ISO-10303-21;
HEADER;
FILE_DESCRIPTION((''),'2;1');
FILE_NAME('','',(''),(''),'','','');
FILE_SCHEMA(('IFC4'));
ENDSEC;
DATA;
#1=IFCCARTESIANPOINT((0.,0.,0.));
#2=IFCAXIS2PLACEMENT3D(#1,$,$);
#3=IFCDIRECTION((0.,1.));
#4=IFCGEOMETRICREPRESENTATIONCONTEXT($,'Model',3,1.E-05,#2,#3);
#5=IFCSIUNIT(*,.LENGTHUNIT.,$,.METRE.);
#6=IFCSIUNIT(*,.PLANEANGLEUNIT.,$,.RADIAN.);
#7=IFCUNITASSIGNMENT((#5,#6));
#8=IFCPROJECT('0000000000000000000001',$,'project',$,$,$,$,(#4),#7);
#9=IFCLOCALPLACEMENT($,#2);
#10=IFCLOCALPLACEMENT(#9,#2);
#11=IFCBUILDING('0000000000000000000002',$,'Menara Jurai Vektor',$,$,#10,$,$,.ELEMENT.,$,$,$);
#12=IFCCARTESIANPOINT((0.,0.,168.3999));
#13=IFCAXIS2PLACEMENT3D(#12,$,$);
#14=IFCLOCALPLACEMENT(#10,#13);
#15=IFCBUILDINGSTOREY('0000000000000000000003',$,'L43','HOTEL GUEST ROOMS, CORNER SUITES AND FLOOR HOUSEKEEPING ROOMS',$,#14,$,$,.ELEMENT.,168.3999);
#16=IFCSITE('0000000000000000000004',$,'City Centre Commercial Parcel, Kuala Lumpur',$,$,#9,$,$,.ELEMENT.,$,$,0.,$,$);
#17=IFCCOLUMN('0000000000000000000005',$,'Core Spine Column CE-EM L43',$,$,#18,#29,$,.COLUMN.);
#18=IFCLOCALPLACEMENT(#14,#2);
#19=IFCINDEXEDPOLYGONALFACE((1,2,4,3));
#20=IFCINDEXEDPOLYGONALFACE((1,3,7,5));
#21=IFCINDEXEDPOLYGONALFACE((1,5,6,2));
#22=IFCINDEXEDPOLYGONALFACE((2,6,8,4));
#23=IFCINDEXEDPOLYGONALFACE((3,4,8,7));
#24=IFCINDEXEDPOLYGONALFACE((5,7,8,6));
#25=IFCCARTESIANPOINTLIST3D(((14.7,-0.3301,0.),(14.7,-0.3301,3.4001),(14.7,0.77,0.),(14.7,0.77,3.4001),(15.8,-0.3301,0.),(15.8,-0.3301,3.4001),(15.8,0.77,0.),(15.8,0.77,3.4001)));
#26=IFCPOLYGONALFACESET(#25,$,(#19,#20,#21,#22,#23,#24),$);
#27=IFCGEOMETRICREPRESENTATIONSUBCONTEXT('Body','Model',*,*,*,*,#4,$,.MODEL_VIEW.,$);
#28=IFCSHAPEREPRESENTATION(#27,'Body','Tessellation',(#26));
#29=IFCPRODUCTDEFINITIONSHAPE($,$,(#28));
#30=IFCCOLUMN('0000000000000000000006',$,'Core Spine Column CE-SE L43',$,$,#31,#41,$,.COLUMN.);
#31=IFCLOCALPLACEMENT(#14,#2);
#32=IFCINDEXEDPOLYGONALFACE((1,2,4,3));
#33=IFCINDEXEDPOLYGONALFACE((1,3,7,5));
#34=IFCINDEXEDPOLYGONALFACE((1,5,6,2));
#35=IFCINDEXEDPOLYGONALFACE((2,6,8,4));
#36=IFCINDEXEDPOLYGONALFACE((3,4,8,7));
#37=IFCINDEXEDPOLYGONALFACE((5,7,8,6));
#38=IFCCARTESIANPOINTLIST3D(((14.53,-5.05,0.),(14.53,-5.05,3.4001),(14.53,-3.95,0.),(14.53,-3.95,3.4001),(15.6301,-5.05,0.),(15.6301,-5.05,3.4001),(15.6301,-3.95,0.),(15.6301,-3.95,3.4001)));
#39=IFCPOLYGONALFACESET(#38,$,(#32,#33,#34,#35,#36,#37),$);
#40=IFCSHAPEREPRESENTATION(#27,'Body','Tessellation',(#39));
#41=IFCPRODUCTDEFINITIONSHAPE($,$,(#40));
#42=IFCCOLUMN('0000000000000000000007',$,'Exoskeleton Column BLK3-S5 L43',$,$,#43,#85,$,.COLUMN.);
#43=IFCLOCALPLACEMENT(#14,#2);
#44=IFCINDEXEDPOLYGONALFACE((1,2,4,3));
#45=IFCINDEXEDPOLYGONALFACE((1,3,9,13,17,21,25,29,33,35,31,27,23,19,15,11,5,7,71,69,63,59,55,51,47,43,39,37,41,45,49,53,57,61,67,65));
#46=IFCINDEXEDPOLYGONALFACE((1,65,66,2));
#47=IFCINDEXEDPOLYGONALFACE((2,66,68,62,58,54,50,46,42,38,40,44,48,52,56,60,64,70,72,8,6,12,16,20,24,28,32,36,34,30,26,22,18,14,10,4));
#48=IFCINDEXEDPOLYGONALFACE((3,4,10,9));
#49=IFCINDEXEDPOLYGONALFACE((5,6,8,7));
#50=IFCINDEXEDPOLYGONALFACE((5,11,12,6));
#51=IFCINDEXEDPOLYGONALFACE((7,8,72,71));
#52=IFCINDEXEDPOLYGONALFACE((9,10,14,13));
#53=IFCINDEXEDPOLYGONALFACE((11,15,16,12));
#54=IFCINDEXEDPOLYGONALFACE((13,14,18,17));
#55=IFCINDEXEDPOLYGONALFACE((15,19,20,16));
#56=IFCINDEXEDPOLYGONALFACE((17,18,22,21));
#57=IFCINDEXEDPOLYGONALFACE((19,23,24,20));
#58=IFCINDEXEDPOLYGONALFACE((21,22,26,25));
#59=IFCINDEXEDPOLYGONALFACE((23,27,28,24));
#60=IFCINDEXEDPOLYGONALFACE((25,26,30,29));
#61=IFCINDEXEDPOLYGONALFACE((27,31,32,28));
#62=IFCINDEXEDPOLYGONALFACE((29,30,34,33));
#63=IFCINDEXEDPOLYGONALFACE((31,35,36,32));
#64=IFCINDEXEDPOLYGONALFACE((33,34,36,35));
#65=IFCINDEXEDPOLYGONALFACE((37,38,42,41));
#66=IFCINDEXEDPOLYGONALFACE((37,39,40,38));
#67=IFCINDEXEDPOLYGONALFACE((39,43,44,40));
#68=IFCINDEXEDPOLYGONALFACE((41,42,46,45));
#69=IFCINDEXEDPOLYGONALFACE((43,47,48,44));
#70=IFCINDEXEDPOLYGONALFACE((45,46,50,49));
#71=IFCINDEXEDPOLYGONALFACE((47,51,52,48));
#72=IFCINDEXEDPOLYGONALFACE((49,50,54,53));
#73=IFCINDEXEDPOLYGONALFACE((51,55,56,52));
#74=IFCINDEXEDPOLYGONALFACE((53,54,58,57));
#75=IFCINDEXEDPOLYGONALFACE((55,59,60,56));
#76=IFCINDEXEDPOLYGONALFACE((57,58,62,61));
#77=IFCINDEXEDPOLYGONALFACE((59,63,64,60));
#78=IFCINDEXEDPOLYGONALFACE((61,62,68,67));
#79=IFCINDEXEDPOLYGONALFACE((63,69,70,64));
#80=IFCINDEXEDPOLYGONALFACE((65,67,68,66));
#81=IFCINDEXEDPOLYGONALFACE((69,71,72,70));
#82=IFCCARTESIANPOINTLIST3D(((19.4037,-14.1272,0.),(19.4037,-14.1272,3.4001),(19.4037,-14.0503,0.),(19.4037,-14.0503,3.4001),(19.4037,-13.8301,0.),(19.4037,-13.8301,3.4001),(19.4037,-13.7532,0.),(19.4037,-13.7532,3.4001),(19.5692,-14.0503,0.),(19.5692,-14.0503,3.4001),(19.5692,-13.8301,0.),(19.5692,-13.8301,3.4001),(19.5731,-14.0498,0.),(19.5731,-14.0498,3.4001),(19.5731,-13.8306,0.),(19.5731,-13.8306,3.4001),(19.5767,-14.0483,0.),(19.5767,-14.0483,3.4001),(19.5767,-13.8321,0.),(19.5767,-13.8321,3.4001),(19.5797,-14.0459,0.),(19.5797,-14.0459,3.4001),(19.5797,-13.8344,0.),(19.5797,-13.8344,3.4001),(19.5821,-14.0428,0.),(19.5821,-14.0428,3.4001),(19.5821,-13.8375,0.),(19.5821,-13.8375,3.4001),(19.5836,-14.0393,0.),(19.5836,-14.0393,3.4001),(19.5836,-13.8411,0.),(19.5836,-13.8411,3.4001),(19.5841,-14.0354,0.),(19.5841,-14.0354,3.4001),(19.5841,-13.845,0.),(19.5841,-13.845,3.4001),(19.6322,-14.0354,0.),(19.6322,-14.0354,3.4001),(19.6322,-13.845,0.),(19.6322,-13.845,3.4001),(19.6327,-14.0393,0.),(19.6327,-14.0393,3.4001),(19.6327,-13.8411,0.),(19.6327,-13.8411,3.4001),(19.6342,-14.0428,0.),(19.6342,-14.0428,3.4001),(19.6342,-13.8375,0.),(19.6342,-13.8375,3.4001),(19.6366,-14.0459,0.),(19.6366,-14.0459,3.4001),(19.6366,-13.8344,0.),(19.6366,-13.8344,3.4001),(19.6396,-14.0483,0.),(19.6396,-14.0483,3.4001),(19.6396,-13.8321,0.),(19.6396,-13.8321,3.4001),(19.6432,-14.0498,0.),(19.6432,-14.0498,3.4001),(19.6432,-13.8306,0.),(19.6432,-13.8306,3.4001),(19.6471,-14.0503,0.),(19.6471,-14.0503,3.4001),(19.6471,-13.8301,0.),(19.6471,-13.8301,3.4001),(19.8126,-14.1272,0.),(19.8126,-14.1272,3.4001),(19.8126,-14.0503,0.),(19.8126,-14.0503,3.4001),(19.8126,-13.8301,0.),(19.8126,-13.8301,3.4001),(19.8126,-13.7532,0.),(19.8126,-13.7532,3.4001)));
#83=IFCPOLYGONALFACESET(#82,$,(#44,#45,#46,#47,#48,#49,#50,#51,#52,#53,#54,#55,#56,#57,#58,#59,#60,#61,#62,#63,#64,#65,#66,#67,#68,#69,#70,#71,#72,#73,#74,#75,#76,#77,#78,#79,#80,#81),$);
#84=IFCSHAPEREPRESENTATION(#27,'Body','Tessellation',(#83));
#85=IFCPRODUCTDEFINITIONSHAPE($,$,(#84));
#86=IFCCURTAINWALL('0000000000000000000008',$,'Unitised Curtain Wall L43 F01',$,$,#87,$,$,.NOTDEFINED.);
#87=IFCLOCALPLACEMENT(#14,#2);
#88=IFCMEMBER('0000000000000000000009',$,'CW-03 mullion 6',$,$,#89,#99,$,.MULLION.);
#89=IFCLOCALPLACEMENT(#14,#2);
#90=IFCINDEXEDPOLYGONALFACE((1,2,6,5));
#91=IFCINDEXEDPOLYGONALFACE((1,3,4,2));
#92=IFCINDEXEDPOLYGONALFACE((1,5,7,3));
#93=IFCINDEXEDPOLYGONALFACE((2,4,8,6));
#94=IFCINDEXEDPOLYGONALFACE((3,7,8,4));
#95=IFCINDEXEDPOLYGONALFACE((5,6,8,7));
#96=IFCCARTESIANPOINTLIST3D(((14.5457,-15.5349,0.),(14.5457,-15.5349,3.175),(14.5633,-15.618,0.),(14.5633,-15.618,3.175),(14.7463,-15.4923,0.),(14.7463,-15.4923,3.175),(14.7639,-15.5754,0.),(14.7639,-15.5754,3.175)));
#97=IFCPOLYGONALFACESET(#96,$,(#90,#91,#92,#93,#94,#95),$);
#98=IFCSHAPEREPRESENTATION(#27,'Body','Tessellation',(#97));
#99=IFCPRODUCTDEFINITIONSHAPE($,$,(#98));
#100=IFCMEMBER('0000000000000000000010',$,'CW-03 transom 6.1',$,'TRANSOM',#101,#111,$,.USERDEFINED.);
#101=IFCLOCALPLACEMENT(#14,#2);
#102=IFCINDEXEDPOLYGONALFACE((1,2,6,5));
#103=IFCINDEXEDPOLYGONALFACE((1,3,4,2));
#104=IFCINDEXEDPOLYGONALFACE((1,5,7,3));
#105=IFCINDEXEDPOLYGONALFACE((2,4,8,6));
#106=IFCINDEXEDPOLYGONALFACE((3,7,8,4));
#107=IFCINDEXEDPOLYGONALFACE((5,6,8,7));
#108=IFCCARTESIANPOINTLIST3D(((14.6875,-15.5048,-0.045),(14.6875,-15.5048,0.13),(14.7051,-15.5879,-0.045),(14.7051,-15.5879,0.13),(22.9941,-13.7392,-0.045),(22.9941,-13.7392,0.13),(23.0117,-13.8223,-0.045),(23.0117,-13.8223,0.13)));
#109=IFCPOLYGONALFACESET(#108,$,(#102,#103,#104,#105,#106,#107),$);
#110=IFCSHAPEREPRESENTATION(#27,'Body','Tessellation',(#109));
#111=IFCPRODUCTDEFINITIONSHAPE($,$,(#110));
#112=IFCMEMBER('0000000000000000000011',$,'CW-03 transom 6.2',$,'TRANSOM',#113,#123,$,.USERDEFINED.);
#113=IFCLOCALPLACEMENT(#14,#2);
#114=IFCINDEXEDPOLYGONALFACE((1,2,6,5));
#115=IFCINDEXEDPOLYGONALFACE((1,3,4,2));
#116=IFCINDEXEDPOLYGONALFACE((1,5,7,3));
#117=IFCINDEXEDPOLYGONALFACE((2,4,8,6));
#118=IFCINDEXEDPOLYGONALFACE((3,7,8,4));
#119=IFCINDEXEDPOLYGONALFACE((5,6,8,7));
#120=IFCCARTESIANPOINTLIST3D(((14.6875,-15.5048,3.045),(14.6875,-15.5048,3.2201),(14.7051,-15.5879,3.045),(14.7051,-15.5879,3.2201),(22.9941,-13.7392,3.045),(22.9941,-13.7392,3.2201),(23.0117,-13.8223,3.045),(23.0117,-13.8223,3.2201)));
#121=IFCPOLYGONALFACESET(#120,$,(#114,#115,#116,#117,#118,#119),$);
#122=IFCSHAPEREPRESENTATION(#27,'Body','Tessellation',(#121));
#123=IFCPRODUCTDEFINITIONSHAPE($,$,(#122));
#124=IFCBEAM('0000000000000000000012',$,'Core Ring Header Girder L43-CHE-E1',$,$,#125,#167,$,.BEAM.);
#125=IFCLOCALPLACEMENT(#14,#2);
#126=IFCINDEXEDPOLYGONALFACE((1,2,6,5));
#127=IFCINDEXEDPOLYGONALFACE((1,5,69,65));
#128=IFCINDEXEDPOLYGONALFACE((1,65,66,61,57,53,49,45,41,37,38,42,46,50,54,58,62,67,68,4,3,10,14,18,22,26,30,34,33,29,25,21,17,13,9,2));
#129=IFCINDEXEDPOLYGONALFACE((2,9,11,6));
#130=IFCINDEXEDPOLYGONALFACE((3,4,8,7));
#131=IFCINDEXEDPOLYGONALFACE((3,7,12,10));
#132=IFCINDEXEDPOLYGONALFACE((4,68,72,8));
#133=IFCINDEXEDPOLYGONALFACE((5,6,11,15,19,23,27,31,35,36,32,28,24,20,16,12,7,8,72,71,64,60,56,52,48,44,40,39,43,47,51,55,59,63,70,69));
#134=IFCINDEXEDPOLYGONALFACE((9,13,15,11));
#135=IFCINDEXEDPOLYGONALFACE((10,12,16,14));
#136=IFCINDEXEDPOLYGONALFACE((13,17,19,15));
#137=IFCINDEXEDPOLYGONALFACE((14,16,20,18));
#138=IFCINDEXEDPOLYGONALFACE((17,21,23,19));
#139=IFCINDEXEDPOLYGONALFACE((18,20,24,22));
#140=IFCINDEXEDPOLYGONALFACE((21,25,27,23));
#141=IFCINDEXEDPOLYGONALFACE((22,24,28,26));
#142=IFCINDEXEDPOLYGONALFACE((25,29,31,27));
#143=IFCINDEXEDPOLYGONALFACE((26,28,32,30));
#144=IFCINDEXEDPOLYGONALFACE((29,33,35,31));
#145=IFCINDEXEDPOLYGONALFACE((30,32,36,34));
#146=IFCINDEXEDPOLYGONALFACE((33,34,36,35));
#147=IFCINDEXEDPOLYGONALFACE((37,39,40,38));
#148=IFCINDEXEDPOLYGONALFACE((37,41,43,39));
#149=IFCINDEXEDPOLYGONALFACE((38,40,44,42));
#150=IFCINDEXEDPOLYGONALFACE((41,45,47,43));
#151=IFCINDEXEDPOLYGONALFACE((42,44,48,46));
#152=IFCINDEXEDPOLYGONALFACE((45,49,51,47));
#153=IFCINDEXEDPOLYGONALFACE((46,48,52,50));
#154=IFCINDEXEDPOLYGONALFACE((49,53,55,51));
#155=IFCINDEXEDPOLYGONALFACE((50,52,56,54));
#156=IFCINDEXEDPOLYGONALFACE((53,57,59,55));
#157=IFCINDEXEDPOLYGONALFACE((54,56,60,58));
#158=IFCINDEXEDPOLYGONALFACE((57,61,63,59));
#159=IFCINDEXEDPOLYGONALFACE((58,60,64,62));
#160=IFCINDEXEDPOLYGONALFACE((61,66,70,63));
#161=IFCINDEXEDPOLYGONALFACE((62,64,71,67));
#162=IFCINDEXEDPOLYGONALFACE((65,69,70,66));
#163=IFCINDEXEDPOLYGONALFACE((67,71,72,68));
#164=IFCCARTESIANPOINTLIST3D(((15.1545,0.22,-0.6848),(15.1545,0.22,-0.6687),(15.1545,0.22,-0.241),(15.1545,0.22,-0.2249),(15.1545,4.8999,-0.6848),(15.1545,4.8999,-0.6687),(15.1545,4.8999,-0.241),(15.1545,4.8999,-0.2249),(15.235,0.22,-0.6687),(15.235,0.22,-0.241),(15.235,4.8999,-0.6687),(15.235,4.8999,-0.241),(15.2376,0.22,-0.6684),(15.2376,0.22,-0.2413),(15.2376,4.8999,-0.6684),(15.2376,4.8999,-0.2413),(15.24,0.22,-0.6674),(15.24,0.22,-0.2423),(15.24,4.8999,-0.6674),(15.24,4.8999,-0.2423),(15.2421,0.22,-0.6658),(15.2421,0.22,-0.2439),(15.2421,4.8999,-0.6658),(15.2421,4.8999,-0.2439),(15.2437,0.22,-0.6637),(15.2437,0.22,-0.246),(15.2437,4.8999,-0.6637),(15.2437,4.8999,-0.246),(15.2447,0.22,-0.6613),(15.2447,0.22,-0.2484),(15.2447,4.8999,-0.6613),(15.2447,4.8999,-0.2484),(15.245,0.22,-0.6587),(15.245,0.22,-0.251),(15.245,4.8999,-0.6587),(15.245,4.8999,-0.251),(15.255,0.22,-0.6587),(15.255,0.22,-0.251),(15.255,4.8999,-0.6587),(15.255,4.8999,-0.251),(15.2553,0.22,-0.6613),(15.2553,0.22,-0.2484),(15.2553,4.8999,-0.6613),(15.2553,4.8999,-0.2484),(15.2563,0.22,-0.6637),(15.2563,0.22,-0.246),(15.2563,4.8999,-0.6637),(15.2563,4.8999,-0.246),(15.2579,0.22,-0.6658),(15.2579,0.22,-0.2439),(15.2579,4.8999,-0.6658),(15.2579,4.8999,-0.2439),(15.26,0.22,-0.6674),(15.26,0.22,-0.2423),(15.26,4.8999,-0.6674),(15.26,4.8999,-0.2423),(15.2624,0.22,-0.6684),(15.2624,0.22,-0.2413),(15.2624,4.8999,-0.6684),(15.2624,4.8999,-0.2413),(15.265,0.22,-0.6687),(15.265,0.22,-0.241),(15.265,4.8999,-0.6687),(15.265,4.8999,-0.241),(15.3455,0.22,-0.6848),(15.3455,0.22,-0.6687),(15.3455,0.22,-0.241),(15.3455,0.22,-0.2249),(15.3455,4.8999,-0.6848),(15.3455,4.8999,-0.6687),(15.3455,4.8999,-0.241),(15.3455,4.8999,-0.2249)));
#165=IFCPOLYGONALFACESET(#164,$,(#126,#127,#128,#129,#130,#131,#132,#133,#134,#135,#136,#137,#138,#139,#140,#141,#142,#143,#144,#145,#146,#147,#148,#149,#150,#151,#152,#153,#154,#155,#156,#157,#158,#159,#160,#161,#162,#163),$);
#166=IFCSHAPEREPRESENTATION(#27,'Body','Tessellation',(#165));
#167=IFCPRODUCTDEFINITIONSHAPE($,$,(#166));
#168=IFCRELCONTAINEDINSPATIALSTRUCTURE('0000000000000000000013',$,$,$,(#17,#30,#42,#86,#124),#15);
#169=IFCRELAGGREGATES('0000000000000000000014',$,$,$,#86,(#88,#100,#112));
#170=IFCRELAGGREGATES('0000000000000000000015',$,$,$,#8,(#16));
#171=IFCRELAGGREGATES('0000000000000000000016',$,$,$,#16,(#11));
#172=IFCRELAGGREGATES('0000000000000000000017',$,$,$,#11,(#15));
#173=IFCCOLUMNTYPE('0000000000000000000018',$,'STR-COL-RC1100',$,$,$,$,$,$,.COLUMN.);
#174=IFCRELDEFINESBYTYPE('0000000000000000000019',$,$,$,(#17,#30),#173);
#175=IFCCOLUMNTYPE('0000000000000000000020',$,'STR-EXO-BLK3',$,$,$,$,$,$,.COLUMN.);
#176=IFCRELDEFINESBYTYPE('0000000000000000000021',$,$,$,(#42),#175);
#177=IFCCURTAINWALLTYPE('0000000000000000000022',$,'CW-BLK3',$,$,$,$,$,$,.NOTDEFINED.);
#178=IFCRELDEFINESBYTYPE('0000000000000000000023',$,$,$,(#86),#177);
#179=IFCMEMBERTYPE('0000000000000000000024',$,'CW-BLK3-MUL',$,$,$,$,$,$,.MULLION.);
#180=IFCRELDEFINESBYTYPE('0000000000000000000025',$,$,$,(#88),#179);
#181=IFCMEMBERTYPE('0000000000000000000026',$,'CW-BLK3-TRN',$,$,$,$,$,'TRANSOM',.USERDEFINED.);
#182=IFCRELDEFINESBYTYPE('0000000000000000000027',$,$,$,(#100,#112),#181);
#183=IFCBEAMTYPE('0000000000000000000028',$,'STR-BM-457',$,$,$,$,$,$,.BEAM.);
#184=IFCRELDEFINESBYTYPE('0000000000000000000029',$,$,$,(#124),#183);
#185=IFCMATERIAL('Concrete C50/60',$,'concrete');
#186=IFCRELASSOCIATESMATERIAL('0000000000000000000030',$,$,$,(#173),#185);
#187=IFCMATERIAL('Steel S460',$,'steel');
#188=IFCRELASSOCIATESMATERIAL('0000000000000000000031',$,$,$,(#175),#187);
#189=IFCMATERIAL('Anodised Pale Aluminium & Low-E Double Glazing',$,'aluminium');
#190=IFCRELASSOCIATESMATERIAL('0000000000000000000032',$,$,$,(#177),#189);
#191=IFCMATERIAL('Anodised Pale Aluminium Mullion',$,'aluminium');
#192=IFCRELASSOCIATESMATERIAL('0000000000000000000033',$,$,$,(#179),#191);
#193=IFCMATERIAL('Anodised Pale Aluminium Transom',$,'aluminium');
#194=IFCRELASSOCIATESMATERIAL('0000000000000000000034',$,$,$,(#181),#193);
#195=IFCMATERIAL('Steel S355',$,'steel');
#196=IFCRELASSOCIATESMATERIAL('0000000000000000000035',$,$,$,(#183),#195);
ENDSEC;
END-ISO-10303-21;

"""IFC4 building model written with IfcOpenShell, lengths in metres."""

from ifc_helpers import new_model, si_unit, direction, frame, origin, origin_2d, place, context, subcontext, project, spatial, rectangle, i_section, extrude, material, material_profile, profile_set, type_object, element, aggregate, save


model = new_model("IFC4")

# Units and contexts
model_context = context("Model", 3, precision=1e-05, world=origin(), true_north=direction((0.0, 1.0)))
body_context = subcontext(model_context, "Body", "Model", "MODEL_VIEW")
ifc_project = project(units=[si_unit("LENGTHUNIT", "METRE"), si_unit("PLANEANGLEUNIT", "RADIAN")], contexts=[model_context])

# Site, building, storey
site_placement = place(None, origin())
site = spatial("IfcSite", under=ifc_project, at=site_placement, Name="City Centre Commercial Parcel, Kuala Lumpur", CompositionType="ELEMENT", RefElevation=0.0)
building_placement = place(site_placement, origin())
building = spatial("IfcBuilding", under=site, at=building_placement, Name="Menara Jurai Vektor", CompositionType="ELEMENT")
storey_placement = place(building_placement, frame((0.0, 0.0, 168.3999)))
storey = spatial("IfcBuildingStorey", under=building, at=storey_placement, Name="L43", Description="HOTEL GUEST ROOMS, CORNER SUITES AND FLOOR HOUSEKEEPING ROOMS", CompositionType="ELEMENT", Elevation=168.3999)

# Columns
ifc_material_1 = material(Name="Concrete C50/60", Category="concrete")
ifc_material_profile_1 = material_profile(ifc_material_1, rectangle(XDim=1.1001, YDim=1.1001, at=origin_2d()), Name="RC 1100x1100")
ifc_profile_set_1 = profile_set([ifc_material_profile_1], Name="Concrete C50/60")
column_type_1 = type_object("IfcColumnType", Name="STR-COL-RC1100", PredefinedType="COLUMN", material=ifc_profile_set_1)
for number, where, z_axis, x_axis, name in (
    (1, (15.25, 0.22, 0.0), (0.0, 0.0, 1.0), (1.0, 0.0, 0.0), "Core Spine Column CE-EM L43"),
    (2, (15.0801, -4.5, 0.0), (0.0, 0.0, 1.0), (1.0, 0.0, 0.0), "Core Spine Column CE-SE L43"),
):
    element("IfcColumn", number, at=place(storey_placement, frame(where, z_axis=z_axis, x_axis=x_axis)), inside=storey, type_object=column_type_1, Name=name, PredefinedType="COLUMN", context=body_context, shape_type="SweptSolid", body=[
        extrude(rectangle(XDim=1.1001, YDim=1.1001, at=origin_2d()), origin(), (0.0, 0.0, 1.0), 3.4001),
    ])
ifc_material_2 = material(Name="Steel S460", Category="steel")
ifc_material_profile_2 = material_profile(ifc_material_2, i_section(OverallWidth=0.4089, OverallDepth=0.374, WebThickness=0.0481, FlangeThickness=0.0769, FilletRadius=0.0149, at=origin_2d()), Name="HD 400x634")
ifc_profile_set_2 = profile_set([ifc_material_profile_2], Name="Steel S460")
column_type_2 = type_object("IfcColumnType", Name="STR-EXO-BLK3", PredefinedType="COLUMN", material=ifc_profile_set_2)
column_placement = place(storey_placement, frame((19.6082, -13.9402, 0.0), z_axis=(0.0, 0.0, 1.0), x_axis=(1.0, 0.0, 0.0)))
element("IfcColumn", 3, at=column_placement, inside=storey, type_object=column_type_2, Name="Exoskeleton Column BLK3-S5 L43", PredefinedType="COLUMN", context=body_context, shape_type="SweptSolid", body=[
    extrude(i_section(OverallWidth=0.4089, OverallDepth=0.374, WebThickness=0.0481, FlangeThickness=0.0769, FilletRadius=0.0149, at=origin_2d()), origin(), (0.0, 0.0, 1.0), 3.4001),
])

# Curtain wall, members
ifc_material_3 = material(Name="Anodised Pale Aluminium & Low-E Double Glazing", Category="aluminium")
curtain_wall_type = type_object("IfcCurtainWallType", Name="CW-BLK3", PredefinedType="NOTDEFINED", material=ifc_material_3)
curtain_wall_placement = place(storey_placement, origin())
curtain_wall = element("IfcCurtainWall", 4, at=curtain_wall_placement, inside=storey, type_object=curtain_wall_type, Name="Unitised Curtain Wall L43 F01", PredefinedType="NOTDEFINED")
ifc_material_4 = material(Name="Anodised Pale Aluminium Mullion", Category="aluminium")
ifc_material_profile_3 = material_profile(ifc_material_4, rectangle(XDim=0.085, YDim=0.2051, at=origin_2d()), Name="ALU MUL 85x205")
ifc_profile_set_3 = profile_set([ifc_material_profile_3], Name="Anodised Pale Aluminium Mullion")
member_type_1 = type_object("IfcMemberType", Name="CW-BLK3-MUL", PredefinedType="MULLION", material=ifc_profile_set_3)
member_1_placement = place(storey_placement, frame((14.6548, -15.5552, 0.0), z_axis=(0.0, 0.0, 1.0), x_axis=(-0.207911, 0.978148, 0.0)))
member_1 = element("IfcMember", 5, at=member_1_placement, type_object=member_type_1, Name="CW-03 mullion 6", PredefinedType="MULLION", context=body_context, shape_type="SweptSolid", body=[
    extrude(rectangle(XDim=0.085, YDim=0.2051, at=origin_2d()), origin(), (0.0, 0.0, 1.0), 3.175),
])
ifc_material_5 = material(Name="Anodised Pale Aluminium Transom", Category="aluminium")
ifc_material_profile_4 = material_profile(ifc_material_5, rectangle(XDim=0.085, YDim=0.175, at=origin_2d()), Name="ALU TRN 85x175")
ifc_profile_set_4 = profile_set([ifc_material_profile_4], Name="Anodised Pale Aluminium Transom")
member_type_2 = type_object("IfcMemberType", Name="CW-BLK3-TRN", ElementType="TRANSOM", PredefinedType="USERDEFINED", material=ifc_profile_set_4)
member_2_placement = place(storey_placement, frame((14.6963, -15.5464, 0.0425), z_axis=(0.978148, 0.207911, 0.0), x_axis=(-0.207911, 0.978148, 0.0)))
member_2 = element("IfcMember", 6, at=member_2_placement, type_object=member_type_2, Name="CW-03 transom 6.1", ObjectType="TRANSOM", PredefinedType="USERDEFINED", context=body_context, shape_type="SweptSolid", body=[
    extrude(rectangle(XDim=0.085, YDim=0.175, at=origin_2d()), origin(), (0.0, 0.0, 1.0), 8.4922),
])
member_3_placement = place(storey_placement, frame((14.6963, -15.5464, 3.1326), z_axis=(0.978148, 0.207911, 0.0), x_axis=(-0.207911, 0.978148, 0.0)))
member_3 = element("IfcMember", 7, at=member_3_placement, type_object=member_type_2, Name="CW-03 transom 6.2", ObjectType="TRANSOM", PredefinedType="USERDEFINED", context=body_context, shape_type="SweptSolid", body=[
    extrude(rectangle(XDim=0.085, YDim=0.175, at=origin_2d()), origin(), (0.0, 0.0, 1.0), 8.4922),
])

# Beam
ifc_material_6 = material(Name="Steel S355", Category="steel")
ifc_material_profile_5 = material_profile(ifc_material_6, i_section(OverallWidth=0.1909, OverallDepth=0.46, WebThickness=0.01, FlangeThickness=0.0161, FilletRadius=0.01, at=origin_2d()), Name="UKB 457x191x82")
ifc_profile_set_5 = profile_set([ifc_material_profile_5], Name="Steel S355")
beam_type_1 = type_object("IfcBeamType", Name="STR-BM-457", PredefinedType="BEAM", material=ifc_profile_set_5)
beam_1_placement = place(storey_placement, frame((15.25, 0.22, -0.4548), z_axis=(0.0, 1.0, 0.0), x_axis=(-1.0, 0.0, 0.0)))
element("IfcBeam", 8, at=beam_1_placement, inside=storey, type_object=beam_type_1, Name="Core Ring Header Girder L43-CHE-E1", PredefinedType="BEAM", context=body_context, shape_type="SweptSolid", body=[
    extrude(i_section(OverallWidth=0.1909, OverallDepth=0.46, WebThickness=0.01, FlangeThickness=0.0161, FilletRadius=0.01, at=origin_2d()), origin(), (0.0, 0.0, 1.0), 4.6799),
])

aggregate(curtain_wall, [member_1, member_2, member_3])

save(model, "model.ifc")
